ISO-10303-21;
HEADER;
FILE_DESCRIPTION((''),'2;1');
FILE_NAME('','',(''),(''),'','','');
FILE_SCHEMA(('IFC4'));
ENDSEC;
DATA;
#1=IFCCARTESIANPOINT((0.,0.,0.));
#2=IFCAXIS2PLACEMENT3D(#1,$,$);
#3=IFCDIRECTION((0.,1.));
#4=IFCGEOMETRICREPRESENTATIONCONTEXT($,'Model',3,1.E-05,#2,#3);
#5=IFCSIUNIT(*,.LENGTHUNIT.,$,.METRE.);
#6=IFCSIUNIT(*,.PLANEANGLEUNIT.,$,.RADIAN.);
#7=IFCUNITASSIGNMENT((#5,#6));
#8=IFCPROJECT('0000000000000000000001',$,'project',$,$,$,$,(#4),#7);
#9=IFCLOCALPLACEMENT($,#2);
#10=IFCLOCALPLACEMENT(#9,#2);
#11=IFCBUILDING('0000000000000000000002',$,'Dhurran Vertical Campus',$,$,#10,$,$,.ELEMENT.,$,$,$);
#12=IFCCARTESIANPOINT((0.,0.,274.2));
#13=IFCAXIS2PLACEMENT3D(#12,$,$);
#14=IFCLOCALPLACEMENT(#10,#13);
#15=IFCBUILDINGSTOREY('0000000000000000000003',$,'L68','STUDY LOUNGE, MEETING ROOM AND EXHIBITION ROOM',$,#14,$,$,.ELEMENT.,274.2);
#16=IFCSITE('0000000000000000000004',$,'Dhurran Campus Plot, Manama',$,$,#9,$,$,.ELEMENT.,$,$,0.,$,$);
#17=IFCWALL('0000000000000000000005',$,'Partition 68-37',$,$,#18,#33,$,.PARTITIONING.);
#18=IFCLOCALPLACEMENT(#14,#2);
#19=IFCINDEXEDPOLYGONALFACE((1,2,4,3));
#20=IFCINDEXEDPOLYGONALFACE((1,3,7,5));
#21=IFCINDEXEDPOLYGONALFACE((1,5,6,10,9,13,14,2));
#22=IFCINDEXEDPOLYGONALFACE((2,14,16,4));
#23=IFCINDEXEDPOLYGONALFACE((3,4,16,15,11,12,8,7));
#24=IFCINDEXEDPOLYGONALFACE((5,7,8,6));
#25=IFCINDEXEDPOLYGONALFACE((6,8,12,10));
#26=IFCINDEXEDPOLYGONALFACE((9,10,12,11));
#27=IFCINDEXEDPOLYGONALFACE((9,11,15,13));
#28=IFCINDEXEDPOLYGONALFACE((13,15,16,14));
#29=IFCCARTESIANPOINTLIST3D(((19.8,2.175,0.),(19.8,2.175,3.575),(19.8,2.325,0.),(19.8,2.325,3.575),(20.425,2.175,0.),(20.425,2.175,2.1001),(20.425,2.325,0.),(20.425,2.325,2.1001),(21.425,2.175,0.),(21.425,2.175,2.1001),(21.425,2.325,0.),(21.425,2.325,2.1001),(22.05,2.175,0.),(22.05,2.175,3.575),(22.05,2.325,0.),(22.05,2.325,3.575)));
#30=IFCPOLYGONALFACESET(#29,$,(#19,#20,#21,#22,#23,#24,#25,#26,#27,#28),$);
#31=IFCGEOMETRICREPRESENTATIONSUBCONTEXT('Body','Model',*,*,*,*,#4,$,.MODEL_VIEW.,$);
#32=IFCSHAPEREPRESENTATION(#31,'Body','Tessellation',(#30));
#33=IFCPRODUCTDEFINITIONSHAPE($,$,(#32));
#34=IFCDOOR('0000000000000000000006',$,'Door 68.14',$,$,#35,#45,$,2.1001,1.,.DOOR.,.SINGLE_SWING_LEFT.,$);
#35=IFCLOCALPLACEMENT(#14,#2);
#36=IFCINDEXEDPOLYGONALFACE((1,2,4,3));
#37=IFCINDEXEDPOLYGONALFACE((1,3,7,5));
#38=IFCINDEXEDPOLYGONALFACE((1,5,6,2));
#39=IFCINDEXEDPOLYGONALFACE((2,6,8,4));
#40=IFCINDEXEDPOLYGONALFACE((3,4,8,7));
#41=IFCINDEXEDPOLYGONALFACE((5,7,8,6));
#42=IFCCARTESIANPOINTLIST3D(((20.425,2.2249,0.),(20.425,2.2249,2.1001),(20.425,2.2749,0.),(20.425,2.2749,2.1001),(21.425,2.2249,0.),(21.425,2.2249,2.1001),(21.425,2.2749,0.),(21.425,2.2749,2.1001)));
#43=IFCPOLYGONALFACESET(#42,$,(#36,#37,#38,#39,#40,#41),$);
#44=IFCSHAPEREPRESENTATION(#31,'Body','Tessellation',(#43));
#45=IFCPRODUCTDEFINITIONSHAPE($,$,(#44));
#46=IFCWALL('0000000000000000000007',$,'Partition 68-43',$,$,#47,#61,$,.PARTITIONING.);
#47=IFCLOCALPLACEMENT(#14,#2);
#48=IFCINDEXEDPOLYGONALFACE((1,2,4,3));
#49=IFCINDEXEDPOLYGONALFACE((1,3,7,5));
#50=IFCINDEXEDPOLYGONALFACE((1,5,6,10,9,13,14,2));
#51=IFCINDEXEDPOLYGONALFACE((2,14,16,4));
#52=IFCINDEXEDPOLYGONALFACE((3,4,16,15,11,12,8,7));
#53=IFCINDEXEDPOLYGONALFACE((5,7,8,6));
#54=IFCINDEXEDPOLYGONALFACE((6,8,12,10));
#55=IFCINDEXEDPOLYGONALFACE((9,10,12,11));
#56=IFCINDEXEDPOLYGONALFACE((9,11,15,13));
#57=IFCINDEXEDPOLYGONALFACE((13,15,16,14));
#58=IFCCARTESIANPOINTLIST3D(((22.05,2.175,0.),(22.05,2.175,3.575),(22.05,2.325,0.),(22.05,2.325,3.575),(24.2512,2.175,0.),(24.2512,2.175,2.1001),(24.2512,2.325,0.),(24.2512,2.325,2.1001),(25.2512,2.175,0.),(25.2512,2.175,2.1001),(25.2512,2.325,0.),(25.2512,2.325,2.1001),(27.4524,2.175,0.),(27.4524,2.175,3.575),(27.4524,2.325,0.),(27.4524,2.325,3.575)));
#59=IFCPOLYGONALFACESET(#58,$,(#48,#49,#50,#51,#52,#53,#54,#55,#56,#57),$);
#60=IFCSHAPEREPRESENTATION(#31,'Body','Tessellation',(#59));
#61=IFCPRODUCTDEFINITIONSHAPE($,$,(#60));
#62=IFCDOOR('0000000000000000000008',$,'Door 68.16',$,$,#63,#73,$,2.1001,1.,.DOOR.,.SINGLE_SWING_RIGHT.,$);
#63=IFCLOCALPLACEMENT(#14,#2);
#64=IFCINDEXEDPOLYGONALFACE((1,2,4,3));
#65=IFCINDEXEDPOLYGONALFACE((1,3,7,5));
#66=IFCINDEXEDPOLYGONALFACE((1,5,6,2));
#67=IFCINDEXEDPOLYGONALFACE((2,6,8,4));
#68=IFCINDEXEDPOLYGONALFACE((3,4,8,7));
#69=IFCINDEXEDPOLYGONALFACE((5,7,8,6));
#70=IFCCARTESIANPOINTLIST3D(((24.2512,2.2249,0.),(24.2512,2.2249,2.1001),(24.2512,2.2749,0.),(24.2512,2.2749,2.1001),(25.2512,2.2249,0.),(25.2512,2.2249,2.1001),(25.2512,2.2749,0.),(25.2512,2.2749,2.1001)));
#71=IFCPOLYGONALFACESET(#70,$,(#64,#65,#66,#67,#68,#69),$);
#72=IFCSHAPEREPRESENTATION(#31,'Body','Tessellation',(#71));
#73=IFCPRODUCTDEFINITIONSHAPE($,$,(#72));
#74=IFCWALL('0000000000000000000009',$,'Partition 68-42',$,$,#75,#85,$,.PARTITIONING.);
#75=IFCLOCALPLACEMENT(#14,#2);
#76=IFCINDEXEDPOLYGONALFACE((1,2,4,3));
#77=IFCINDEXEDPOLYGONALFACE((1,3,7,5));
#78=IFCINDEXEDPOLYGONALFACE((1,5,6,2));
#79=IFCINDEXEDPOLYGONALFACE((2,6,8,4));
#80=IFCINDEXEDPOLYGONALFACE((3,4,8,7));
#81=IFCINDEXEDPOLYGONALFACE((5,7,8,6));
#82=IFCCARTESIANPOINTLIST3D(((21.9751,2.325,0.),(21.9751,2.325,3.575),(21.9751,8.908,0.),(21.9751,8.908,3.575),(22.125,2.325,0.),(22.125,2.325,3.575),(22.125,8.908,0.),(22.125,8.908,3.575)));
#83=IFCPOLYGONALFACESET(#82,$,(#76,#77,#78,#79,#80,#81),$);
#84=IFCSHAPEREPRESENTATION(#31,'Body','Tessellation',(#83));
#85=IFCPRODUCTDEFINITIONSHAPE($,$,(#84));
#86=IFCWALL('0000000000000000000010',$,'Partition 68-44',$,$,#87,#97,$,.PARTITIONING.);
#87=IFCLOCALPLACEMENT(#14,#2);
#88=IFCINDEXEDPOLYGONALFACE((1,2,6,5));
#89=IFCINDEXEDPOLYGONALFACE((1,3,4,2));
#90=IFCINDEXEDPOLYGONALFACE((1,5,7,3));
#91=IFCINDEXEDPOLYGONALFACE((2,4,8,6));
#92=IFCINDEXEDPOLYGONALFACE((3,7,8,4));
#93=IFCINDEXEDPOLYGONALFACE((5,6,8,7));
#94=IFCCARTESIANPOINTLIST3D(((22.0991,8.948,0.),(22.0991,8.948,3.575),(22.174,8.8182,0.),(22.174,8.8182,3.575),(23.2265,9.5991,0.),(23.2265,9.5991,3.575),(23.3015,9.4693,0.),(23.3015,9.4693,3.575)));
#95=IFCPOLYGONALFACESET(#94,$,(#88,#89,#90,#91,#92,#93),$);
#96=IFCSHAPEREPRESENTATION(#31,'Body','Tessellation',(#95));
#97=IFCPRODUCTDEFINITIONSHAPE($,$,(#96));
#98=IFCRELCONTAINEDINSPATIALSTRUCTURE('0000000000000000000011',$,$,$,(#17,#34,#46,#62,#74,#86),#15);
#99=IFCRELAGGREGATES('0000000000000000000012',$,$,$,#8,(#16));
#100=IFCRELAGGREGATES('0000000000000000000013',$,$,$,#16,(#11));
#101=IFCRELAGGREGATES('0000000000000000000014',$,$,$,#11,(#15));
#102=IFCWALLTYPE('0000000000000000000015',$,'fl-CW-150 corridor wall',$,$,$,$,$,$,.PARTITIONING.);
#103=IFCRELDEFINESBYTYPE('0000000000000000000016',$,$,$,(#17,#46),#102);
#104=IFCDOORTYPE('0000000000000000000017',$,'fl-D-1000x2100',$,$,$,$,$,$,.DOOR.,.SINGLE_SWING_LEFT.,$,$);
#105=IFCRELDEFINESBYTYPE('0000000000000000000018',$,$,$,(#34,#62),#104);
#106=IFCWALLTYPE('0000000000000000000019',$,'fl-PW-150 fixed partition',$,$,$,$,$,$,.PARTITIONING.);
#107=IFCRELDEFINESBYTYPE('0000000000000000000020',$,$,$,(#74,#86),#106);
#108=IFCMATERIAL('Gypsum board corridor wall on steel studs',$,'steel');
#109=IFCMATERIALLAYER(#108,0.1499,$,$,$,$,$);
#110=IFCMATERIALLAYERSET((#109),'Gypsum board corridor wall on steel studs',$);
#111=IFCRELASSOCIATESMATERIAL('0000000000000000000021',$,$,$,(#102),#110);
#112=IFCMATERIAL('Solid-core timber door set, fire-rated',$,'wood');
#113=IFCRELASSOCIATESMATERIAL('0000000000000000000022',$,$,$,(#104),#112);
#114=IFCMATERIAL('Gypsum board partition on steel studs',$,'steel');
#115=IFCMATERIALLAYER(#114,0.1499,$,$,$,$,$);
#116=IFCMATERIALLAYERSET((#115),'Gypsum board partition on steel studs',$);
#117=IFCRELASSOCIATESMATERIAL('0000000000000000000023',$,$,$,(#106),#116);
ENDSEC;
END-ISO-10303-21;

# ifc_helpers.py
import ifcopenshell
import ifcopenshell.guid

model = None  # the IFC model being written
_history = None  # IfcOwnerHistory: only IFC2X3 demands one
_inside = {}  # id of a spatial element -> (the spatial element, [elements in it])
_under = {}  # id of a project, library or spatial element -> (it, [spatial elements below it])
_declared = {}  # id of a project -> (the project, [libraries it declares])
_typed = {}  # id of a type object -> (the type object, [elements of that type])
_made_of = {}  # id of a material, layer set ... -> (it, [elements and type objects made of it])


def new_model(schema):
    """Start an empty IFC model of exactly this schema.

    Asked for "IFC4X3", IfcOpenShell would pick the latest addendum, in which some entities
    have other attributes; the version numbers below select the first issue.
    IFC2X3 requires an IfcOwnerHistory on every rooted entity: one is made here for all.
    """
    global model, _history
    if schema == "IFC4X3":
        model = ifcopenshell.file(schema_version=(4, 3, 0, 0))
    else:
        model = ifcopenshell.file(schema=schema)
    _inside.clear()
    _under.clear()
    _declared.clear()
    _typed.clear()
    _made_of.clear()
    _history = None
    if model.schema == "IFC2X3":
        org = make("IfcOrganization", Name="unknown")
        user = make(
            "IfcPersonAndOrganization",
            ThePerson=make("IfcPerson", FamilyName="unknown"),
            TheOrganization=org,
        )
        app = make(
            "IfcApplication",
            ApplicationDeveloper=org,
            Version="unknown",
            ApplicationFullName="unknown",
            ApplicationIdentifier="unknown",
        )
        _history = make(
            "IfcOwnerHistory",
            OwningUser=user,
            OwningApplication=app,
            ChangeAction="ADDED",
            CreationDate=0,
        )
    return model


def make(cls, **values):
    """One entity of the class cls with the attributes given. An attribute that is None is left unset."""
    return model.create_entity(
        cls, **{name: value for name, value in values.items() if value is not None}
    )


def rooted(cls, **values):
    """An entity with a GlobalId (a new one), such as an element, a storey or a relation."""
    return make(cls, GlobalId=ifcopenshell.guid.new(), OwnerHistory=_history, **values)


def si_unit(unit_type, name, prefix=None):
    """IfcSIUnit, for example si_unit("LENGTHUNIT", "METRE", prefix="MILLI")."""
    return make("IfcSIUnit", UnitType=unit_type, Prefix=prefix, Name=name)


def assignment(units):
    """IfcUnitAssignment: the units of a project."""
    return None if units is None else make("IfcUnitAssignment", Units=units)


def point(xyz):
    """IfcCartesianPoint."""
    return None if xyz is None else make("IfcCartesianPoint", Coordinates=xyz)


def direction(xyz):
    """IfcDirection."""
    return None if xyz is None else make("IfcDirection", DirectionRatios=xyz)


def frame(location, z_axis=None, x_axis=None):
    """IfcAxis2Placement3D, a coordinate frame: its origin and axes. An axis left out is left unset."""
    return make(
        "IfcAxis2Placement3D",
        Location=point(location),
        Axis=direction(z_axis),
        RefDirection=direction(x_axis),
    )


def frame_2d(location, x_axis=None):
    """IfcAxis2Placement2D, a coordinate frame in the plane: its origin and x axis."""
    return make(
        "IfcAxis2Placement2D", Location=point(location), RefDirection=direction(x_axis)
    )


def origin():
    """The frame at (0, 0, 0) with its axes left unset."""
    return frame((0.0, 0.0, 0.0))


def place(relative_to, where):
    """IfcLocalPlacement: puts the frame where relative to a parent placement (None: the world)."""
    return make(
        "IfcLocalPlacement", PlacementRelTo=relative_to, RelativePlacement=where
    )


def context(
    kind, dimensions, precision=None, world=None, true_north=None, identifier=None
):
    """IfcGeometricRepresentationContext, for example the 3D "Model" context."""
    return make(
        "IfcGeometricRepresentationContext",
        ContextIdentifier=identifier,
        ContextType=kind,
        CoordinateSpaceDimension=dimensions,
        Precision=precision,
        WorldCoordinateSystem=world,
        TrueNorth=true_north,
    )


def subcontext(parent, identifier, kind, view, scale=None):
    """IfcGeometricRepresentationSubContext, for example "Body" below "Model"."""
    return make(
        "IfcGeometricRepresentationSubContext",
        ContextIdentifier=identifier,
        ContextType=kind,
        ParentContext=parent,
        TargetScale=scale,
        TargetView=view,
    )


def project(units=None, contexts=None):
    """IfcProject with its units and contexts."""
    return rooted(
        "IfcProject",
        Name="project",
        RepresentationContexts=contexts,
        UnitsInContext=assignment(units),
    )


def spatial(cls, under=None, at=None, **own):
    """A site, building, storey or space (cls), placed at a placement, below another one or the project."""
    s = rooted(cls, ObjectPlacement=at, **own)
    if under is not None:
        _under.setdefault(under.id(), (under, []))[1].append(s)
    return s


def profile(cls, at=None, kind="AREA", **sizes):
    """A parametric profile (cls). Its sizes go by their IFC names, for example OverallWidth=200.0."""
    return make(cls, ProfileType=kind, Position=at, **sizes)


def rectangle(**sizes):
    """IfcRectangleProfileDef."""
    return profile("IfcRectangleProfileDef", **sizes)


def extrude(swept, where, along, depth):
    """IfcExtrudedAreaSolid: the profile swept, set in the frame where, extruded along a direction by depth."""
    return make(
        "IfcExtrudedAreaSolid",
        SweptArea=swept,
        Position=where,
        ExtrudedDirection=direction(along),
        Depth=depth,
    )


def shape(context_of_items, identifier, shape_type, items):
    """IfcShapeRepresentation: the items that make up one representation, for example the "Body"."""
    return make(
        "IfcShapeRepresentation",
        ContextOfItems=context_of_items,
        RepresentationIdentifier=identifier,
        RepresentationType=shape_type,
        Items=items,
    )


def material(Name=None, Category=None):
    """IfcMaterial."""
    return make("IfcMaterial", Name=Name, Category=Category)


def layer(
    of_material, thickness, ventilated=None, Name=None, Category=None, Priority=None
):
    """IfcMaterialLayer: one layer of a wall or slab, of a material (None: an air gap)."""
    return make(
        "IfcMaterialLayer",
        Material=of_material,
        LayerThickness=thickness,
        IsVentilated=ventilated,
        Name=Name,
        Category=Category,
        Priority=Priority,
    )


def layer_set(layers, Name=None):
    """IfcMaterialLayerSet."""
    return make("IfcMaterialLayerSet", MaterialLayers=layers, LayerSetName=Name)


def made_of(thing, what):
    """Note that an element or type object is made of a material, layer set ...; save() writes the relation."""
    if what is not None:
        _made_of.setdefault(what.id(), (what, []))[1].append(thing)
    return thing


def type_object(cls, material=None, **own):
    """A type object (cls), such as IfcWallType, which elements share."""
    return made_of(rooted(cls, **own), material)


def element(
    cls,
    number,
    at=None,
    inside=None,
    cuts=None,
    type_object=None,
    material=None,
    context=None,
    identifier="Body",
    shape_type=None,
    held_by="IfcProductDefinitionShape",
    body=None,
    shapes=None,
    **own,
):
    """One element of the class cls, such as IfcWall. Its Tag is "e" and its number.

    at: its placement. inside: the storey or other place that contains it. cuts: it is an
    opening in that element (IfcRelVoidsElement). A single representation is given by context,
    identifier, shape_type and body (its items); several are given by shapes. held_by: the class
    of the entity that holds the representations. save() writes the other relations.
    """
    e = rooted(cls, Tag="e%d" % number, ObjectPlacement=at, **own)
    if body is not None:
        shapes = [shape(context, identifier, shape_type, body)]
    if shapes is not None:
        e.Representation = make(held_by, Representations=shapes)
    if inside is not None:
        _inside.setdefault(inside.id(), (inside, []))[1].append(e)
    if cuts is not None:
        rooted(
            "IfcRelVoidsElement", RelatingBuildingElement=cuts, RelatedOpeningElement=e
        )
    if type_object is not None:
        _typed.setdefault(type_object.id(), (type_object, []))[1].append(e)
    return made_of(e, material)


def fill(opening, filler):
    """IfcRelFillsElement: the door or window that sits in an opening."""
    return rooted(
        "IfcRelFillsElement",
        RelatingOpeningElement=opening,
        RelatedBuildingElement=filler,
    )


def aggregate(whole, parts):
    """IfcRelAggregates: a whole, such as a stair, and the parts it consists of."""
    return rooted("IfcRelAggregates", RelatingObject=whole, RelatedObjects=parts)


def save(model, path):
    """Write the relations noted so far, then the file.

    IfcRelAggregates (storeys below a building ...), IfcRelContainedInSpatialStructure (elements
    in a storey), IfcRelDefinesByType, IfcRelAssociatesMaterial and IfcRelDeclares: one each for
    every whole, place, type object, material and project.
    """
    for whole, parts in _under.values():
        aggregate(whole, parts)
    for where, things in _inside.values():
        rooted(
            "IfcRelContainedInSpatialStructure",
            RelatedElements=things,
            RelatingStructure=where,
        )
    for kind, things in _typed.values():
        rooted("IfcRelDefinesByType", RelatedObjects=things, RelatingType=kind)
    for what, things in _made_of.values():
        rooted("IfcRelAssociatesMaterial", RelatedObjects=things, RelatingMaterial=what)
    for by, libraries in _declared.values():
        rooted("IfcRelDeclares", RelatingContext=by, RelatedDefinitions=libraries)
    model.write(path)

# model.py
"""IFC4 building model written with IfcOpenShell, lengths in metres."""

from ifc_helpers import new_model, si_unit, direction, frame, frame_2d, origin, place, context, subcontext, project, spatial, rectangle, extrude, material, layer, layer_set, type_object, element, fill, save


model = new_model("IFC4")

# Units and contexts
model_context = context("Model", 3, precision=1e-05, world=origin(), true_north=direction((0.0, 1.0)))
body_context = subcontext(model_context, "Body", "Model", "MODEL_VIEW")
ifc_project = project(units=[si_unit("LENGTHUNIT", "METRE"), si_unit("PLANEANGLEUNIT", "RADIAN")], contexts=[model_context])

# Site, building, storey
site_placement = place(None, origin())
site = spatial("IfcSite", under=ifc_project, at=site_placement, Name="Dhurran Campus Plot, Manama", CompositionType="ELEMENT", RefElevation=0.0)
building_placement = place(site_placement, origin())
building = spatial("IfcBuilding", under=site, at=building_placement, Name="Dhurran Vertical Campus", CompositionType="ELEMENT")
storey_placement = place(building_placement, frame((0.0, 0.0, 274.2)))
storey = spatial("IfcBuildingStorey", under=building, at=storey_placement, Name="L68", Description="STUDY LOUNGE, MEETING ROOM AND EXHIBITION ROOM", CompositionType="ELEMENT", Elevation=274.2)

# Shared definitions
ifc_material_1 = material(Name="Gypsum board corridor wall on steel studs", Category="steel")
ifc_layer_1 = layer(ifc_material_1, 0.1499)
ifc_layer_set_1 = layer_set([ifc_layer_1], Name="Gypsum board corridor wall on steel studs")
wall_type_1 = type_object("IfcWallType", Name="fl-CW-150 corridor wall", PredefinedType="PARTITIONING", material=ifc_layer_set_1)
ifc_material_2 = material(Name="Solid-core timber door set, fire-rated", Category="wood")
door_type = type_object("IfcDoorType", Name="fl-D-1000x2100", OperationType="SINGLE_SWING_LEFT", PredefinedType="DOOR", material=ifc_material_2)

# Walls, openings, doors
wall_1_placement = place(storey_placement, frame((19.8, 2.25, 0.0), z_axis=(0.0, 0.0, 1.0), x_axis=(1.0, 0.0, 0.0)))
wall_1 = element("IfcWall", 1, at=wall_1_placement, inside=storey, type_object=wall_type_1, Name="Partition 68-37", PredefinedType="PARTITIONING", context=body_context, shape_type="SweptSolid", body=[
    extrude(rectangle(XDim=2.25, YDim=0.1499, at=frame_2d((1.125, 0.0))), origin(), (0.0, 0.0, 1.0), 3.575),
])
opening_1_placement = place(wall_1_placement, frame((0.625, 0.0, 0.0)))
opening_1 = element("IfcOpeningElement", 2, at=opening_1_placement, cuts=wall_1, PredefinedType="OPENING", context=body_context, shape_type="SweptSolid", body=[
    extrude(rectangle(XDim=1.0, YDim=2.1001, at=frame_2d((0.5, 1.05))), frame((0.0, 0.085, 0.0), z_axis=(0.0, -1.0, 0.0), x_axis=(1.0, 0.0, 0.0)), (0.0, 0.0, 1.0), 0.1699),
])
door_1_placement = place(opening_1_placement, origin())
door_1 = element("IfcDoor", 3, at=door_1_placement, inside=storey, type_object=door_type, Name="Door 68.14", OperationType="SINGLE_SWING_LEFT", OverallHeight=2.1001, OverallWidth=1.0, PredefinedType="DOOR", context=body_context, shape_type="SweptSolid", body=[
    extrude(rectangle(XDim=1.0, YDim=2.1001, at=frame_2d((0.5, 1.05))), frame((0.0, 0.0249, 0.0), z_axis=(0.0, -1.0, 0.0), x_axis=(1.0, 0.0, 0.0)), (0.0, 0.0, 1.0), 0.05),
])
fill(opening_1, door_1)
wall_2_placement = place(storey_placement, frame((22.05, 2.25, 0.0), z_axis=(0.0, 0.0, 1.0), x_axis=(1.0, 0.0, 0.0)))
wall_2 = element("IfcWall", 4, at=wall_2_placement, inside=storey, type_object=wall_type_1, Name="Partition 68-43", PredefinedType="PARTITIONING", context=body_context, shape_type="SweptSolid", body=[
    extrude(rectangle(XDim=5.4023, YDim=0.1499, at=frame_2d((2.7012, 0.0))), origin(), (0.0, 0.0, 1.0), 3.575),
])
opening_2_placement = place(wall_2_placement, frame((2.2012, 0.0, 0.0)))
opening_2 = element("IfcOpeningElement", 5, at=opening_2_placement, cuts=wall_2, PredefinedType="OPENING", context=body_context, shape_type="SweptSolid", body=[
    extrude(rectangle(XDim=1.0, YDim=2.1001, at=frame_2d((0.5, 1.05))), frame((0.0, 0.085, 0.0), z_axis=(0.0, -1.0, 0.0), x_axis=(1.0, 0.0, 0.0)), (0.0, 0.0, 1.0), 0.1699),
])
door_2_placement = place(opening_2_placement, origin())
door_2 = element("IfcDoor", 6, at=door_2_placement, inside=storey, type_object=door_type, Name="Door 68.16", OperationType="SINGLE_SWING_RIGHT", OverallHeight=2.1001, OverallWidth=1.0, PredefinedType="DOOR", context=body_context, shape_type="SweptSolid", body=[
    extrude(rectangle(XDim=1.0, YDim=2.1001, at=frame_2d((0.5, 1.05))), frame((0.0, 0.0249, 0.0), z_axis=(0.0, -1.0, 0.0), x_axis=(1.0, 0.0, 0.0)), (0.0, 0.0, 1.0), 0.05),
])
fill(opening_2, door_2)

# Walls
ifc_material_3 = material(Name="Gypsum board partition on steel studs", Category="steel")
ifc_layer_2 = layer(ifc_material_3, 0.1499)
ifc_layer_set_2 = layer_set([ifc_layer_2], Name="Gypsum board partition on steel studs")
wall_type_2 = type_object("IfcWallType", Name="fl-PW-150 fixed partition", PredefinedType="PARTITIONING", material=ifc_layer_set_2)
wall_3_placement = place(storey_placement, frame((22.05, 8.908, 0.0), z_axis=(0.0, 0.0, 1.0), x_axis=(0.0, -1.0, 0.0)))
element("IfcWall", 7, at=wall_3_placement, inside=storey, type_object=wall_type_2, Name="Partition 68-42", PredefinedType="PARTITIONING", context=body_context, shape_type="SweptSolid", body=[
    extrude(rectangle(XDim=6.583, YDim=0.1499, at=frame_2d((3.2915, 0.0))), origin(), (0.0, 0.0, 1.0), 3.575),
])
wall_4_placement = place(storey_placement, frame((23.2639, 9.5342, 0.0), z_axis=(0.0, 0.0, 1.0), x_axis=(-0.865961, -0.500112, 0.0)))
element("IfcWall", 8, at=wall_4_placement, inside=storey, type_object=wall_type_2, Name="Partition 68-44", PredefinedType="PARTITIONING", context=body_context, shape_type="SweptSolid", body=[
    extrude(rectangle(XDim=1.302, YDim=0.1499, at=frame_2d((0.6509, 0.0))), origin(), (0.0, 0.0, 1.0), 3.575),
])

save(model, "model.ifc")
